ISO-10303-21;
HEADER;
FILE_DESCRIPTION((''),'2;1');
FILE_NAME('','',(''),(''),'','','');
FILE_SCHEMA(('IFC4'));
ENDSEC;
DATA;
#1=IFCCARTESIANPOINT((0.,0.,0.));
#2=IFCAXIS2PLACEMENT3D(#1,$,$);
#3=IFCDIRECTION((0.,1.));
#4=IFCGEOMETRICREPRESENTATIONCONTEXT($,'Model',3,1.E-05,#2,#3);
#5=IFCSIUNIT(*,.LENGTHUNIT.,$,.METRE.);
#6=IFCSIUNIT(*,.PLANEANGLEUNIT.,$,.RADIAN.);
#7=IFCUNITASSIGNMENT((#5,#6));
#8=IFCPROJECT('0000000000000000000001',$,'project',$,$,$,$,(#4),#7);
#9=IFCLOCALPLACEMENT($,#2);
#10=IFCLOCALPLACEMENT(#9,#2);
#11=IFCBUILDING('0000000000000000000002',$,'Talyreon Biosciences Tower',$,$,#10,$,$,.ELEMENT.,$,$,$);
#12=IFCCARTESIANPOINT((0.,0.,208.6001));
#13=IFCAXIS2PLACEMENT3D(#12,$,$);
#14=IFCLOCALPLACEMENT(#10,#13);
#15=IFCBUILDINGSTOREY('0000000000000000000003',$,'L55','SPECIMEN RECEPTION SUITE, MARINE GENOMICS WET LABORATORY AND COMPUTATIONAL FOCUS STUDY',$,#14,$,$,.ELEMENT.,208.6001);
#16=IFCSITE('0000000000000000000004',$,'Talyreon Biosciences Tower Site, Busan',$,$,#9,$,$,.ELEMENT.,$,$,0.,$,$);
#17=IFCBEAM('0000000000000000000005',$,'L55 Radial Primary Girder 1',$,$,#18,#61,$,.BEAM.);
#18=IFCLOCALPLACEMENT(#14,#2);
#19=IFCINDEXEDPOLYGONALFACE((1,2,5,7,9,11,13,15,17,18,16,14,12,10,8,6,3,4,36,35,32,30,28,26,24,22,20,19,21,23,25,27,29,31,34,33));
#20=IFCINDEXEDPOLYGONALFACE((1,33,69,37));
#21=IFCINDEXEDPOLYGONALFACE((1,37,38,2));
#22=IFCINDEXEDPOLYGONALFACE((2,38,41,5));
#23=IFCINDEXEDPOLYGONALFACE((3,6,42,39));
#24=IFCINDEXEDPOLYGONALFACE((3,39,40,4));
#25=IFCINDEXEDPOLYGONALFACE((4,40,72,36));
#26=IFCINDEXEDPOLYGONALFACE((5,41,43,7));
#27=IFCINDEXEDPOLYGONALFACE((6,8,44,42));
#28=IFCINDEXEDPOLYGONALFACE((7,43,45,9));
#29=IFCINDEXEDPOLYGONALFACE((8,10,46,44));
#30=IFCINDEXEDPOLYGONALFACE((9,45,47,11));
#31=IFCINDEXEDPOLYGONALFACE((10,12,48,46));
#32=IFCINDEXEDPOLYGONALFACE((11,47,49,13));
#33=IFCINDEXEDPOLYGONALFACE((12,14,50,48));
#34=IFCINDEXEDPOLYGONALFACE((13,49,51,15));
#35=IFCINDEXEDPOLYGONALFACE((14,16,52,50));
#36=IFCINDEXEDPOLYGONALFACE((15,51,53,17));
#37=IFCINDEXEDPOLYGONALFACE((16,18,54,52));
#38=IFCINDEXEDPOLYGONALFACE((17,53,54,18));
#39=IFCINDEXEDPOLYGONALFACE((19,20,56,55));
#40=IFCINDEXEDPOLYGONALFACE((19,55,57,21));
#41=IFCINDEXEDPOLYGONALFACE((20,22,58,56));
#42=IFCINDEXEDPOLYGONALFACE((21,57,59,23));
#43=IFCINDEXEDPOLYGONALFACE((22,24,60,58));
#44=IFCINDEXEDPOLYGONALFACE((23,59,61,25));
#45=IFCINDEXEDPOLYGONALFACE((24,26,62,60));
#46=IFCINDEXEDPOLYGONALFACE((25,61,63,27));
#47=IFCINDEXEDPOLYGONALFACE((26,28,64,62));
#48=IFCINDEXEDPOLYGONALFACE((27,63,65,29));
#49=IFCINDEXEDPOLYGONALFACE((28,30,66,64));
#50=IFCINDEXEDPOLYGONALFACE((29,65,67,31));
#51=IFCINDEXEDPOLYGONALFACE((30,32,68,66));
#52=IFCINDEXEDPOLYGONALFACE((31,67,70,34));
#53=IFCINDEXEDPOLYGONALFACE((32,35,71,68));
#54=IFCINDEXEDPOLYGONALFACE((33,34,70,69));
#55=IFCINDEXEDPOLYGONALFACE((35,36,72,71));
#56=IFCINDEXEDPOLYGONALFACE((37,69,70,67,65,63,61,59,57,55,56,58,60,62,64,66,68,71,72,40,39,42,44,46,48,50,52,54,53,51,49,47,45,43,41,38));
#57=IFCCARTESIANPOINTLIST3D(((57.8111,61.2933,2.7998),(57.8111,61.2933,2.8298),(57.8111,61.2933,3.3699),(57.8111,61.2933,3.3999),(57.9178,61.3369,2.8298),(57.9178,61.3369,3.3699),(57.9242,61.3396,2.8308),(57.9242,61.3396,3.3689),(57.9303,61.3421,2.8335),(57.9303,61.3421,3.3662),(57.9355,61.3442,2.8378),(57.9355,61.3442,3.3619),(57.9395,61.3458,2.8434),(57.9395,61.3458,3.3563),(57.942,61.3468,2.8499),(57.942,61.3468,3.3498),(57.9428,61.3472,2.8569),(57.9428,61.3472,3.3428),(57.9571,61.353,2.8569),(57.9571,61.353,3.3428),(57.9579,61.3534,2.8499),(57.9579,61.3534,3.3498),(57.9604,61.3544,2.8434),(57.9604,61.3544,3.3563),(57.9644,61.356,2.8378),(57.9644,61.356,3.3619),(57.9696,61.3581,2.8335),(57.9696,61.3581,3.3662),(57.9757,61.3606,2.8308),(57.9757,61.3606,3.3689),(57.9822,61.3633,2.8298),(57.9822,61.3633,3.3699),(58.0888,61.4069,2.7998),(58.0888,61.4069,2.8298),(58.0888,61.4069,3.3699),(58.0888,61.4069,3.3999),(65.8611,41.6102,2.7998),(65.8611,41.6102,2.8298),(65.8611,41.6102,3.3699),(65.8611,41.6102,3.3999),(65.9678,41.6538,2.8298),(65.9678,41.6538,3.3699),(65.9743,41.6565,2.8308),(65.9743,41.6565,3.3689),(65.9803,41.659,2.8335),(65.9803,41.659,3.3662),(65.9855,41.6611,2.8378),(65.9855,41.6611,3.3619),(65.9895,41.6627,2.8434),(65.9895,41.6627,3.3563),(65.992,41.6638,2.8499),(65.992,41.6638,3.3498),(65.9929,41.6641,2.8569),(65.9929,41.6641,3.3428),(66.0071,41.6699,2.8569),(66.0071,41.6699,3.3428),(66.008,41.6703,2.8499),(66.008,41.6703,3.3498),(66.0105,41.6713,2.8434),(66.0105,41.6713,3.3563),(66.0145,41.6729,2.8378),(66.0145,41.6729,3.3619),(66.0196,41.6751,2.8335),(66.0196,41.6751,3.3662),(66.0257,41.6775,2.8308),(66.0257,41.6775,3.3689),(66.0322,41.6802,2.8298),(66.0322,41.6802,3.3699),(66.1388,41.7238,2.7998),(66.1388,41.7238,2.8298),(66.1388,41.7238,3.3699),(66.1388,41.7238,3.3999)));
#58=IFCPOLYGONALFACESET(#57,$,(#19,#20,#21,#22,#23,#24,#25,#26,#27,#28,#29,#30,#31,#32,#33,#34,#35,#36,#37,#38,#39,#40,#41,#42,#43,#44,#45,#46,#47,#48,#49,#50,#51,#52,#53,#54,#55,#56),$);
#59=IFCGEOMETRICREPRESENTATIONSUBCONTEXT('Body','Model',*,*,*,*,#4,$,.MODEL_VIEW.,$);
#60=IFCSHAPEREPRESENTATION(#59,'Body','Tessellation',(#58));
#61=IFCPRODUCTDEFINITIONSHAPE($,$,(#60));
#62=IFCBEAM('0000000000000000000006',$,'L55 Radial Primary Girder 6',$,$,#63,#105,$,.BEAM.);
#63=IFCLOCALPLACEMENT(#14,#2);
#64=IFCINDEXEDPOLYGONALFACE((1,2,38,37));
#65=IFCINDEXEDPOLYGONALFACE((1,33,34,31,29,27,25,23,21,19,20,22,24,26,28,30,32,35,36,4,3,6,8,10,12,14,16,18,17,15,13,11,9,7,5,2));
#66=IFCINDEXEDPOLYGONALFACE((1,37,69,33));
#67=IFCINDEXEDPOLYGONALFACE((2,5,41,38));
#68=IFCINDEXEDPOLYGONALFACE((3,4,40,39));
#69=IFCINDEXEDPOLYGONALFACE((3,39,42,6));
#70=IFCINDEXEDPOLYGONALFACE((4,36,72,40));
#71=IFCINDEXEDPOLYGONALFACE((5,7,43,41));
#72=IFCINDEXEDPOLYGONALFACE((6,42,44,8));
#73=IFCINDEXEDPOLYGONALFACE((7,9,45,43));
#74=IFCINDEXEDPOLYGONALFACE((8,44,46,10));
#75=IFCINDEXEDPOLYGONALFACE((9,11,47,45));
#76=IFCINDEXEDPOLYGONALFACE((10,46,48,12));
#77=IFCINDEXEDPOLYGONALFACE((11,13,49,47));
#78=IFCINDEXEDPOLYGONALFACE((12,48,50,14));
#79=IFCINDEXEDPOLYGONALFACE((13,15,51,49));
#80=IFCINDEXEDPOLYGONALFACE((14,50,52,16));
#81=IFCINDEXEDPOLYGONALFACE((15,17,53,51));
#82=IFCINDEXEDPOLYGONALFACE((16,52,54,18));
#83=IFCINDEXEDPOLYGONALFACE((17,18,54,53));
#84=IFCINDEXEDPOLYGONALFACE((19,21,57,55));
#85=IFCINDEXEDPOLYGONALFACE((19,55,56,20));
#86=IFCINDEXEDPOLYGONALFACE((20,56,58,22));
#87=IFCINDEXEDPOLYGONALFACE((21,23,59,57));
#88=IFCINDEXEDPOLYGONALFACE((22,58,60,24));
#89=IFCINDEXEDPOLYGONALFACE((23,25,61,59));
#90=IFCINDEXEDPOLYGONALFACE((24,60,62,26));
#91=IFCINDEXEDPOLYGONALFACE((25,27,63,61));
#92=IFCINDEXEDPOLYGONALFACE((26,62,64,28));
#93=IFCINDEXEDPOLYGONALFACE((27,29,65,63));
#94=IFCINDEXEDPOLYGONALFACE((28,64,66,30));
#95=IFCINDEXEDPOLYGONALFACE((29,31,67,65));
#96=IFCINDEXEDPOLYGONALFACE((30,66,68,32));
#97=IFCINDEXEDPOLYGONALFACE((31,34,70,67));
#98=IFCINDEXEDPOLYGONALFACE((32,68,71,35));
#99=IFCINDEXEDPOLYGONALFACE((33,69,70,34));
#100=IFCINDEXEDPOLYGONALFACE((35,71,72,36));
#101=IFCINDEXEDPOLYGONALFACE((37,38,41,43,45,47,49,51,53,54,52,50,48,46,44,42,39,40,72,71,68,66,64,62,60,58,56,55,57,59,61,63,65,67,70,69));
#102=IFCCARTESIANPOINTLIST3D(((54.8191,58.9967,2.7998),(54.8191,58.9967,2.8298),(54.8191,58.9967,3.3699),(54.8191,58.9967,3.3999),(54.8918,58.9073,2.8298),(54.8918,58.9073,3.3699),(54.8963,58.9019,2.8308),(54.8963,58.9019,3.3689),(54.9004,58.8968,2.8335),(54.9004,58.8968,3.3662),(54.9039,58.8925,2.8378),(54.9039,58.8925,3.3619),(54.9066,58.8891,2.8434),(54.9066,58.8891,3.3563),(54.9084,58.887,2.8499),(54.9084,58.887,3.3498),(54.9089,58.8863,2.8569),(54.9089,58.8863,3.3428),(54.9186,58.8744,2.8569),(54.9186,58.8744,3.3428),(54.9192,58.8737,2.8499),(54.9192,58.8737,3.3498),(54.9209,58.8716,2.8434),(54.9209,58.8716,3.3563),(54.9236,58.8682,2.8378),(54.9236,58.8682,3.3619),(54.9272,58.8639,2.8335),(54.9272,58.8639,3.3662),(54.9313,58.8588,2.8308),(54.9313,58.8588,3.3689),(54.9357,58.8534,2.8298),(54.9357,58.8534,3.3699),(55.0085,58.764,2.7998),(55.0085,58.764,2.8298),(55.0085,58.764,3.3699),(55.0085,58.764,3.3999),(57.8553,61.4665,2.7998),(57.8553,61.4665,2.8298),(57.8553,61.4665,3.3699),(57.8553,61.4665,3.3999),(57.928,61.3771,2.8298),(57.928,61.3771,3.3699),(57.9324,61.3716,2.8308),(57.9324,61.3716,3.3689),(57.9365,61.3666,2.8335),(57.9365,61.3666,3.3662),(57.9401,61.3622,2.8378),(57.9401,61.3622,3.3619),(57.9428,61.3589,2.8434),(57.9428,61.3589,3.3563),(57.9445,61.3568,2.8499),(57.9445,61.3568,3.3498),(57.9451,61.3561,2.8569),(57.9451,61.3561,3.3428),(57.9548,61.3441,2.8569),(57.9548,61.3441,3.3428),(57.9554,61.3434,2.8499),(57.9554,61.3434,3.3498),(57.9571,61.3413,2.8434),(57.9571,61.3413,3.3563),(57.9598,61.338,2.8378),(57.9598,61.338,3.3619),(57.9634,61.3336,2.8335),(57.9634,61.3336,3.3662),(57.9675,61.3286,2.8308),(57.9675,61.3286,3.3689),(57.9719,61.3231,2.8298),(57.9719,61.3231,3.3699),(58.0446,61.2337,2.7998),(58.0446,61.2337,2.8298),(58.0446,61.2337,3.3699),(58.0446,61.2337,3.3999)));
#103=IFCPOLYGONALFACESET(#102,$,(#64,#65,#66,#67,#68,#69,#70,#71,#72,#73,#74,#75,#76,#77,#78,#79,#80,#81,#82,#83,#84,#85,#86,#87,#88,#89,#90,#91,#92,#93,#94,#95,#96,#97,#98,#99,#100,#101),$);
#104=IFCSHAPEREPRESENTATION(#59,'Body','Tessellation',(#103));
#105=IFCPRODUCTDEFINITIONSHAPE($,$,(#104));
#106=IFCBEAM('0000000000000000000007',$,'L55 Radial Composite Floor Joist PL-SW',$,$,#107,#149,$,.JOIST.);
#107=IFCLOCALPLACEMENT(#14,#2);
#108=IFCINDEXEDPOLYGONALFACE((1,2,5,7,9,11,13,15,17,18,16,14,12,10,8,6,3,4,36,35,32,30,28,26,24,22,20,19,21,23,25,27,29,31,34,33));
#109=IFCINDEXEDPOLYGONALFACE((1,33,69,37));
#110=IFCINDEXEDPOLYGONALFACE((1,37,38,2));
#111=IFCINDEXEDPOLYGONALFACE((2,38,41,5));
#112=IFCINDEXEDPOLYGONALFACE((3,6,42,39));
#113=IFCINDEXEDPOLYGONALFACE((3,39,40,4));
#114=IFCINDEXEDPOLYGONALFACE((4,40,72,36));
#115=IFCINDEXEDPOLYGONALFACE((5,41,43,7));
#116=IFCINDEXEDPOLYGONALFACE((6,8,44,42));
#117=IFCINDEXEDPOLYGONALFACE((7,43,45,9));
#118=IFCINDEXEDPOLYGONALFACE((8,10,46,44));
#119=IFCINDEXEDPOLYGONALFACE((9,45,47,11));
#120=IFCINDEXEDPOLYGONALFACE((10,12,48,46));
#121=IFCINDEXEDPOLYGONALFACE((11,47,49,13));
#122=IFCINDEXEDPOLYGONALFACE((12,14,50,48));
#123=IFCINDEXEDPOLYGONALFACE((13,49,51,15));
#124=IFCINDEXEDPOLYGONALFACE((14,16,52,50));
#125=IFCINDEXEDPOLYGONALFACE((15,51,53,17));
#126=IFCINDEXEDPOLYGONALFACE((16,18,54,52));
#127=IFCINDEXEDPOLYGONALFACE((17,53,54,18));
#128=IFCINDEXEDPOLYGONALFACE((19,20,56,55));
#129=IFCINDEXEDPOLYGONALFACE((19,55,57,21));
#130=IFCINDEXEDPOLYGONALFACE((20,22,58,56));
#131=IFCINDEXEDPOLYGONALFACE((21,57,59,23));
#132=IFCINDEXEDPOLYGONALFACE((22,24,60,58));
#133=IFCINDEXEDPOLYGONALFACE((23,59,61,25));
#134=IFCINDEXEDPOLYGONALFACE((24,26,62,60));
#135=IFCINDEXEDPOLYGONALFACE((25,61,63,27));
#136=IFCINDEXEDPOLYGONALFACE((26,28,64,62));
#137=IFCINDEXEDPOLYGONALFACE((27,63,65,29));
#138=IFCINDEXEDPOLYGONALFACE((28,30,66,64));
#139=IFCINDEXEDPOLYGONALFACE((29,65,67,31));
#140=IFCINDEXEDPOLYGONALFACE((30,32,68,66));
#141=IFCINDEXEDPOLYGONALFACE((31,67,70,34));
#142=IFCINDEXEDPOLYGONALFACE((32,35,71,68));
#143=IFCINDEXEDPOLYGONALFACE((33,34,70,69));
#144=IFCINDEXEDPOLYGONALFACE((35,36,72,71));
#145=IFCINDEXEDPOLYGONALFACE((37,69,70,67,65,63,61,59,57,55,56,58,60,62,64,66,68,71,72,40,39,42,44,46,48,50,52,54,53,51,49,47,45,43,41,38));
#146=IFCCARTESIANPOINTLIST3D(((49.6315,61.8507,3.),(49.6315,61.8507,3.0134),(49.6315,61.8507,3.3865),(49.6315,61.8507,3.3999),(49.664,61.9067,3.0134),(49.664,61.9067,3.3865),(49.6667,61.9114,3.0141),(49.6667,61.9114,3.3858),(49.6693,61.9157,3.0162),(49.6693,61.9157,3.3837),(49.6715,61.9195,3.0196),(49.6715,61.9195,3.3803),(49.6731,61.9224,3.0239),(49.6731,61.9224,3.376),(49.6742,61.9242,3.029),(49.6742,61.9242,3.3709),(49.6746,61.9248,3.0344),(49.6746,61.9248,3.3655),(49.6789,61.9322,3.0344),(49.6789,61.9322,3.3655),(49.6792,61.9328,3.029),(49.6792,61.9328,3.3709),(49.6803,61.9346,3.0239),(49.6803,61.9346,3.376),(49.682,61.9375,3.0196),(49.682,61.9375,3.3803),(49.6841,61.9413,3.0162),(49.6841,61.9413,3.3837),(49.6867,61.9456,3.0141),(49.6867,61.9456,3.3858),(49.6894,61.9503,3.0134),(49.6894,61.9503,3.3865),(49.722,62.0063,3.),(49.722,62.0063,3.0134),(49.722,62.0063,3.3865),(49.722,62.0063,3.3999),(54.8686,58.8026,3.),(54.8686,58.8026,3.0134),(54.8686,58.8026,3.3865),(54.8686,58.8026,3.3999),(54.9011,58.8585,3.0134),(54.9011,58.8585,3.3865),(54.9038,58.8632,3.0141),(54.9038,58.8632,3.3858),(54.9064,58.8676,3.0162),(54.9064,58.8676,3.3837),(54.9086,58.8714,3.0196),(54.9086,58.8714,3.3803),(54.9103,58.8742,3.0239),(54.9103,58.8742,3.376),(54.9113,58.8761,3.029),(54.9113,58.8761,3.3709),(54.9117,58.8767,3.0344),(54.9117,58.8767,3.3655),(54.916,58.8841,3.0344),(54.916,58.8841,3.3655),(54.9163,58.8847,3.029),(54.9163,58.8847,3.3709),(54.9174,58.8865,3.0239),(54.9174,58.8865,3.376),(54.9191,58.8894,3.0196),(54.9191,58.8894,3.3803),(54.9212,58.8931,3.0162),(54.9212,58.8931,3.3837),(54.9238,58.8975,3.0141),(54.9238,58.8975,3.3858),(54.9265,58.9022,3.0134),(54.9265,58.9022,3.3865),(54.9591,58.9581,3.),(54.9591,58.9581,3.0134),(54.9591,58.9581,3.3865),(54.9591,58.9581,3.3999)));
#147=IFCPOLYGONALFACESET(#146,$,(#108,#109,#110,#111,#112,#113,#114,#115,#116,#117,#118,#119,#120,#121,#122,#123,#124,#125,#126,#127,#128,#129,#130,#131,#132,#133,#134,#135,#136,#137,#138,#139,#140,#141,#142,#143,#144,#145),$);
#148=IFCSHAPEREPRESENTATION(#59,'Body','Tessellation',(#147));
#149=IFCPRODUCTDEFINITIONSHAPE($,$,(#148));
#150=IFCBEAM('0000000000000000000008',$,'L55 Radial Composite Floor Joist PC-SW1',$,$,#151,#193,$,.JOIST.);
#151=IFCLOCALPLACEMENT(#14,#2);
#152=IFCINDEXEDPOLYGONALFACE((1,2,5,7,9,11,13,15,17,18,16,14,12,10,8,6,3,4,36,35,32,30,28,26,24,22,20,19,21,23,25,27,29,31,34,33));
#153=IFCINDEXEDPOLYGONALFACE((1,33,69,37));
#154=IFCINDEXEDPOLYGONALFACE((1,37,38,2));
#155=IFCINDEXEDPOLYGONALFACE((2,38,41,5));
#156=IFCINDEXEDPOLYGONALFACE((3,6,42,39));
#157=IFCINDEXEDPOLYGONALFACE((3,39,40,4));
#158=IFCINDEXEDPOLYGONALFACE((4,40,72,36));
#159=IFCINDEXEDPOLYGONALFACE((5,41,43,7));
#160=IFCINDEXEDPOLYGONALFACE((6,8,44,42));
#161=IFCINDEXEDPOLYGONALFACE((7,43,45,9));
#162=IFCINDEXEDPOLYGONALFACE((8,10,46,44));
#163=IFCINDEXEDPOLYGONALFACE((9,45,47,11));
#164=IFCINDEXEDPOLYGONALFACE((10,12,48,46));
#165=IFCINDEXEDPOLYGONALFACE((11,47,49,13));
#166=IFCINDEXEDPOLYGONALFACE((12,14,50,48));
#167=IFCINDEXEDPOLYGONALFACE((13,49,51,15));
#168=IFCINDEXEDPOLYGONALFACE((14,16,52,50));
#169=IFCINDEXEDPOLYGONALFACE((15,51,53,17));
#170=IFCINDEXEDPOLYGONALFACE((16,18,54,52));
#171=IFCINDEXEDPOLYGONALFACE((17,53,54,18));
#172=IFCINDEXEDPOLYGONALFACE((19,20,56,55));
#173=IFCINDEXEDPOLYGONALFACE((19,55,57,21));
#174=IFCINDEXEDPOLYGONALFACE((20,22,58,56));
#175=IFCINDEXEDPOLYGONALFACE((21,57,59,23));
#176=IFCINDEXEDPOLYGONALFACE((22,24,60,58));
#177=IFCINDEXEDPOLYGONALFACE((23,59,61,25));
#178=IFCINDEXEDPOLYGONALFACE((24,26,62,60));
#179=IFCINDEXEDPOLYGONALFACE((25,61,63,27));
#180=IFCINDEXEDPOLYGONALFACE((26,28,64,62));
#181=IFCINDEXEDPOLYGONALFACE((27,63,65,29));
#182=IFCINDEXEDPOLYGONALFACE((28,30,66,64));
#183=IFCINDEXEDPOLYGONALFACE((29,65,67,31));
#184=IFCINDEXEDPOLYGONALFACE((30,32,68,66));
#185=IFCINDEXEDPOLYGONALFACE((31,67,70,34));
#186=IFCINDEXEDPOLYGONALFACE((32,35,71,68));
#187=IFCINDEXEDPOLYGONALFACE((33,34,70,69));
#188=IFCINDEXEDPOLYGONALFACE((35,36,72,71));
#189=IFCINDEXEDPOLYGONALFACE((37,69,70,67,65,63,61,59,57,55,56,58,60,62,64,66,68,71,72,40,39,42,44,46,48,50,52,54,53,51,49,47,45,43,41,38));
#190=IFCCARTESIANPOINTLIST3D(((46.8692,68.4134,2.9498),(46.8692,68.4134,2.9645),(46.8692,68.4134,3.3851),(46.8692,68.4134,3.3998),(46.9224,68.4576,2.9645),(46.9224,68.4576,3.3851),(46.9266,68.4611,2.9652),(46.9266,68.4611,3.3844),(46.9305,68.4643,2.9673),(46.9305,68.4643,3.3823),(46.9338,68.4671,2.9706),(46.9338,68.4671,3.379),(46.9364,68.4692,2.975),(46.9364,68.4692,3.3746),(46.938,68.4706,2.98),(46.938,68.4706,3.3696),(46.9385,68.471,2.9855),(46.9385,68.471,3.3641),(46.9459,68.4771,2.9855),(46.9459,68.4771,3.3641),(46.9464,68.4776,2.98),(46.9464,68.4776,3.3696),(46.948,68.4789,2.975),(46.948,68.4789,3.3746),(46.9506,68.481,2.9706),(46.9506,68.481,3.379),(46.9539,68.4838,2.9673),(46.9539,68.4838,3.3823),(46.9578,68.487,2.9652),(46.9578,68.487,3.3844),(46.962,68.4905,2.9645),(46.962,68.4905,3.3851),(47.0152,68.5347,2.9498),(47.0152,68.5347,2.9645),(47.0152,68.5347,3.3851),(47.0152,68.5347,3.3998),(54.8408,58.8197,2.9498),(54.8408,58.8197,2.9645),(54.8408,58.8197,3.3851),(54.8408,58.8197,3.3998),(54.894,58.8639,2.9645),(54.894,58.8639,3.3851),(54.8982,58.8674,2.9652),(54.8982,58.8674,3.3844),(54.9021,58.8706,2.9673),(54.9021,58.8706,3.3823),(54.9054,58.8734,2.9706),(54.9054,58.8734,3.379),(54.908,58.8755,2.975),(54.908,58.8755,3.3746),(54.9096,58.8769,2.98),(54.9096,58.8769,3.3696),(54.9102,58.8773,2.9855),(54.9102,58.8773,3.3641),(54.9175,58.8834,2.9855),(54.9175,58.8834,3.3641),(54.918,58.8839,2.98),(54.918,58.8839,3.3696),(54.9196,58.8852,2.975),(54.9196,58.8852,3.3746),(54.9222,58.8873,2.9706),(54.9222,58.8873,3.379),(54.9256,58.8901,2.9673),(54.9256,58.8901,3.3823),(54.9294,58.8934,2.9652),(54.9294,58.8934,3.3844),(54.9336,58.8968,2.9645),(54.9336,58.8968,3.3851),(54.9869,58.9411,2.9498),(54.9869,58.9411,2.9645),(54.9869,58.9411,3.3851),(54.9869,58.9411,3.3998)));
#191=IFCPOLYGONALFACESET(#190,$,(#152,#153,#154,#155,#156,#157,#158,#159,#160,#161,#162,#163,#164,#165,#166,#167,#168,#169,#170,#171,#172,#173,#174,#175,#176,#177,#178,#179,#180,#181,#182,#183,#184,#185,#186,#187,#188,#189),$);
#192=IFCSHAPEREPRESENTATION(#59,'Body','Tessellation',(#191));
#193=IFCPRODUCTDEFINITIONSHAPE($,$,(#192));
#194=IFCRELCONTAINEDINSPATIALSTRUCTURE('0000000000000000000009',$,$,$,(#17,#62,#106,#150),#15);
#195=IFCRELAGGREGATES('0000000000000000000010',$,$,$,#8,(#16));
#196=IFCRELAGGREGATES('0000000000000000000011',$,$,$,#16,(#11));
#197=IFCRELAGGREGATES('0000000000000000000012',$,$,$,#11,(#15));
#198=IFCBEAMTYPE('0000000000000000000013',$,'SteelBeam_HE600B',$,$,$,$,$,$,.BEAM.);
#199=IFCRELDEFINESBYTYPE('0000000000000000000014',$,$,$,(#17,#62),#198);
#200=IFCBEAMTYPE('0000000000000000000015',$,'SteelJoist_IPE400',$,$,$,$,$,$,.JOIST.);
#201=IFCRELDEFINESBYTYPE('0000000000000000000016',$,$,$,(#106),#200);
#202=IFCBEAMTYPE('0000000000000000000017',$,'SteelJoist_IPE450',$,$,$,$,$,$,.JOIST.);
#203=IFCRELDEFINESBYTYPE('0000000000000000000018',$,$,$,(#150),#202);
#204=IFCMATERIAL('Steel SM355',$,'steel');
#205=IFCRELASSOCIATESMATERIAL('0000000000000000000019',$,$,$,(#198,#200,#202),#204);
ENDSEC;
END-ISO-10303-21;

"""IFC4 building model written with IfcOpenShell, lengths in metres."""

from ifc_helpers import new_model, si_unit, direction, frame, origin, origin_2d, place, context, subcontext, project, spatial, i_section, extrude, material, material_profile, profile_set, type_object, element, save


model = new_model("IFC4")

# Units and contexts
model_context = context("Model", 3, precision=1e-05, world=origin(), true_north=direction((0.0, 1.0)))
body_context = subcontext(model_context, "Body", "Model", "MODEL_VIEW")
ifc_project = project(units=[si_unit("LENGTHUNIT", "METRE"), si_unit("PLANEANGLEUNIT", "RADIAN")], contexts=[model_context])

# Site, building, storey
site_placement = place(None, origin())
site = spatial("IfcSite", under=ifc_project, at=site_placement, Name="Talyreon Biosciences Tower Site, Busan", CompositionType="ELEMENT", RefElevation=0.0)
building_placement = place(site_placement, origin())
building = spatial("IfcBuilding", under=site, at=building_placement, Name="Talyreon Biosciences Tower", CompositionType="ELEMENT")
storey_placement = place(building_placement, frame((0.0, 0.0, 208.6001)))
storey = spatial("IfcBuildingStorey", under=building, at=storey_placement, Name="L55", Description="SPECIMEN RECEPTION SUITE, MARINE GENOMICS WET LABORATORY AND COMPUTATIONAL FOCUS STUDY", CompositionType="ELEMENT", Elevation=208.6001)

# Beams
ifc_material_1 = material(Name="Steel SM355", Category="steel")
ifc_material_profile_1 = material_profile(ifc_material_1, i_section(OverallWidth=0.3, OverallDepth=0.6001, WebThickness=0.0154, FlangeThickness=0.03, FilletRadius=0.0271, at=origin_2d()), Name="HE600B")
ifc_profile_set_1 = profile_set([ifc_material_profile_1], Name="Steel SM355")
beam_type_1 = type_object("IfcBeamType", Name="SteelBeam_HE600B", PredefinedType="BEAM", material=ifc_profile_set_1)
beam_1_placement = place(storey_placement, frame((57.95, 61.3501, 3.0999), z_axis=(0.378547, -0.925582, 0.0), x_axis=(0.925582, 0.378547, 0.0)))
element("IfcBeam", 1, at=beam_1_placement, inside=storey, type_object=beam_type_1, Name="L55 Radial Primary Girder 1", PredefinedType="BEAM", context=body_context, shape_type="SweptSolid", body=[
    extrude(i_section(OverallWidth=0.3, OverallDepth=0.6001, WebThickness=0.0154, FlangeThickness=0.03, FilletRadius=0.0271, at=origin_2d()), origin(), (0.0, 0.0, 1.0), 21.2656),
])
beam_2_placement = place(storey_placement, frame((57.95, 61.3501, 3.0999), z_axis=(-0.775755, -0.631034, 0.0), x_axis=(0.631034, -0.775755, 0.0)))
element("IfcBeam", 2, at=beam_2_placement, inside=storey, type_object=beam_type_1, Name="L55 Radial Primary Girder 6", PredefinedType="BEAM", context=body_context, shape_type="SweptSolid", body=[
    extrude(i_section(OverallWidth=0.3, OverallDepth=0.6001, WebThickness=0.0154, FlangeThickness=0.03, FilletRadius=0.0271, at=origin_2d()), origin(), (0.0, 0.0, 1.0), 3.9138),
])
ifc_material_profile_2 = material_profile(ifc_material_1, i_section(OverallWidth=0.1799, OverallDepth=0.3999, WebThickness=0.0085, FlangeThickness=0.0134, FilletRadius=0.021, at=origin_2d()), Name="IPE400")
ifc_profile_set_2 = profile_set([ifc_material_profile_2], Name="Steel SM355")
beam_type_2 = type_object("IfcBeamType", Name="SteelJoist_IPE400", PredefinedType="JOIST", material=ifc_profile_set_2)
beam_3_placement = place(storey_placement, frame((54.9138, 58.8804, 3.2), z_axis=(-0.864271, 0.503027, 0.0), x_axis=(-0.503027, -0.864271, 0.0)))
element("IfcBeam", 3, at=beam_3_placement, inside=storey, type_object=beam_type_2, Name="L55 Radial Composite Floor Joist PL-SW", PredefinedType="JOIST", context=body_context, shape_type="SweptSolid", body=[
    extrude(i_section(OverallWidth=0.1799, OverallDepth=0.3999, WebThickness=0.0085, FlangeThickness=0.0134, FilletRadius=0.021, at=origin_2d()), origin(), (0.0, 0.0, 1.0), 6.0596),
])
ifc_material_profile_3 = material_profile(ifc_material_1, i_section(OverallWidth=0.1899, OverallDepth=0.45, WebThickness=0.0095, FlangeThickness=0.0146, FilletRadius=0.021, at=origin_2d()), Name="IPE450")
ifc_profile_set_3 = profile_set([ifc_material_profile_3], Name="Steel SM355")
beam_type_3 = type_object("IfcBeamType", Name="SteelJoist_IPE450", PredefinedType="JOIST", material=ifc_profile_set_3)
beam_4_placement = place(storey_placement, frame((54.9138, 58.8804, 3.1748), z_axis=(-0.63909, 0.769132, 0.0), x_axis=(-0.769132, -0.63909, 0.0)))
element("IfcBeam", 4, at=beam_4_placement, inside=storey, type_object=beam_type_3, Name="L55 Radial Composite Floor Joist PC-SW1", PredefinedType="JOIST", context=body_context, shape_type="SweptSolid", body=[
    extrude(i_section(OverallWidth=0.1899, OverallDepth=0.45, WebThickness=0.0095, FlangeThickness=0.0146, FilletRadius=0.021, at=origin_2d()), origin(), (0.0, 0.0, 1.0), 12.4734),
])

save(model, "model.ifc")
